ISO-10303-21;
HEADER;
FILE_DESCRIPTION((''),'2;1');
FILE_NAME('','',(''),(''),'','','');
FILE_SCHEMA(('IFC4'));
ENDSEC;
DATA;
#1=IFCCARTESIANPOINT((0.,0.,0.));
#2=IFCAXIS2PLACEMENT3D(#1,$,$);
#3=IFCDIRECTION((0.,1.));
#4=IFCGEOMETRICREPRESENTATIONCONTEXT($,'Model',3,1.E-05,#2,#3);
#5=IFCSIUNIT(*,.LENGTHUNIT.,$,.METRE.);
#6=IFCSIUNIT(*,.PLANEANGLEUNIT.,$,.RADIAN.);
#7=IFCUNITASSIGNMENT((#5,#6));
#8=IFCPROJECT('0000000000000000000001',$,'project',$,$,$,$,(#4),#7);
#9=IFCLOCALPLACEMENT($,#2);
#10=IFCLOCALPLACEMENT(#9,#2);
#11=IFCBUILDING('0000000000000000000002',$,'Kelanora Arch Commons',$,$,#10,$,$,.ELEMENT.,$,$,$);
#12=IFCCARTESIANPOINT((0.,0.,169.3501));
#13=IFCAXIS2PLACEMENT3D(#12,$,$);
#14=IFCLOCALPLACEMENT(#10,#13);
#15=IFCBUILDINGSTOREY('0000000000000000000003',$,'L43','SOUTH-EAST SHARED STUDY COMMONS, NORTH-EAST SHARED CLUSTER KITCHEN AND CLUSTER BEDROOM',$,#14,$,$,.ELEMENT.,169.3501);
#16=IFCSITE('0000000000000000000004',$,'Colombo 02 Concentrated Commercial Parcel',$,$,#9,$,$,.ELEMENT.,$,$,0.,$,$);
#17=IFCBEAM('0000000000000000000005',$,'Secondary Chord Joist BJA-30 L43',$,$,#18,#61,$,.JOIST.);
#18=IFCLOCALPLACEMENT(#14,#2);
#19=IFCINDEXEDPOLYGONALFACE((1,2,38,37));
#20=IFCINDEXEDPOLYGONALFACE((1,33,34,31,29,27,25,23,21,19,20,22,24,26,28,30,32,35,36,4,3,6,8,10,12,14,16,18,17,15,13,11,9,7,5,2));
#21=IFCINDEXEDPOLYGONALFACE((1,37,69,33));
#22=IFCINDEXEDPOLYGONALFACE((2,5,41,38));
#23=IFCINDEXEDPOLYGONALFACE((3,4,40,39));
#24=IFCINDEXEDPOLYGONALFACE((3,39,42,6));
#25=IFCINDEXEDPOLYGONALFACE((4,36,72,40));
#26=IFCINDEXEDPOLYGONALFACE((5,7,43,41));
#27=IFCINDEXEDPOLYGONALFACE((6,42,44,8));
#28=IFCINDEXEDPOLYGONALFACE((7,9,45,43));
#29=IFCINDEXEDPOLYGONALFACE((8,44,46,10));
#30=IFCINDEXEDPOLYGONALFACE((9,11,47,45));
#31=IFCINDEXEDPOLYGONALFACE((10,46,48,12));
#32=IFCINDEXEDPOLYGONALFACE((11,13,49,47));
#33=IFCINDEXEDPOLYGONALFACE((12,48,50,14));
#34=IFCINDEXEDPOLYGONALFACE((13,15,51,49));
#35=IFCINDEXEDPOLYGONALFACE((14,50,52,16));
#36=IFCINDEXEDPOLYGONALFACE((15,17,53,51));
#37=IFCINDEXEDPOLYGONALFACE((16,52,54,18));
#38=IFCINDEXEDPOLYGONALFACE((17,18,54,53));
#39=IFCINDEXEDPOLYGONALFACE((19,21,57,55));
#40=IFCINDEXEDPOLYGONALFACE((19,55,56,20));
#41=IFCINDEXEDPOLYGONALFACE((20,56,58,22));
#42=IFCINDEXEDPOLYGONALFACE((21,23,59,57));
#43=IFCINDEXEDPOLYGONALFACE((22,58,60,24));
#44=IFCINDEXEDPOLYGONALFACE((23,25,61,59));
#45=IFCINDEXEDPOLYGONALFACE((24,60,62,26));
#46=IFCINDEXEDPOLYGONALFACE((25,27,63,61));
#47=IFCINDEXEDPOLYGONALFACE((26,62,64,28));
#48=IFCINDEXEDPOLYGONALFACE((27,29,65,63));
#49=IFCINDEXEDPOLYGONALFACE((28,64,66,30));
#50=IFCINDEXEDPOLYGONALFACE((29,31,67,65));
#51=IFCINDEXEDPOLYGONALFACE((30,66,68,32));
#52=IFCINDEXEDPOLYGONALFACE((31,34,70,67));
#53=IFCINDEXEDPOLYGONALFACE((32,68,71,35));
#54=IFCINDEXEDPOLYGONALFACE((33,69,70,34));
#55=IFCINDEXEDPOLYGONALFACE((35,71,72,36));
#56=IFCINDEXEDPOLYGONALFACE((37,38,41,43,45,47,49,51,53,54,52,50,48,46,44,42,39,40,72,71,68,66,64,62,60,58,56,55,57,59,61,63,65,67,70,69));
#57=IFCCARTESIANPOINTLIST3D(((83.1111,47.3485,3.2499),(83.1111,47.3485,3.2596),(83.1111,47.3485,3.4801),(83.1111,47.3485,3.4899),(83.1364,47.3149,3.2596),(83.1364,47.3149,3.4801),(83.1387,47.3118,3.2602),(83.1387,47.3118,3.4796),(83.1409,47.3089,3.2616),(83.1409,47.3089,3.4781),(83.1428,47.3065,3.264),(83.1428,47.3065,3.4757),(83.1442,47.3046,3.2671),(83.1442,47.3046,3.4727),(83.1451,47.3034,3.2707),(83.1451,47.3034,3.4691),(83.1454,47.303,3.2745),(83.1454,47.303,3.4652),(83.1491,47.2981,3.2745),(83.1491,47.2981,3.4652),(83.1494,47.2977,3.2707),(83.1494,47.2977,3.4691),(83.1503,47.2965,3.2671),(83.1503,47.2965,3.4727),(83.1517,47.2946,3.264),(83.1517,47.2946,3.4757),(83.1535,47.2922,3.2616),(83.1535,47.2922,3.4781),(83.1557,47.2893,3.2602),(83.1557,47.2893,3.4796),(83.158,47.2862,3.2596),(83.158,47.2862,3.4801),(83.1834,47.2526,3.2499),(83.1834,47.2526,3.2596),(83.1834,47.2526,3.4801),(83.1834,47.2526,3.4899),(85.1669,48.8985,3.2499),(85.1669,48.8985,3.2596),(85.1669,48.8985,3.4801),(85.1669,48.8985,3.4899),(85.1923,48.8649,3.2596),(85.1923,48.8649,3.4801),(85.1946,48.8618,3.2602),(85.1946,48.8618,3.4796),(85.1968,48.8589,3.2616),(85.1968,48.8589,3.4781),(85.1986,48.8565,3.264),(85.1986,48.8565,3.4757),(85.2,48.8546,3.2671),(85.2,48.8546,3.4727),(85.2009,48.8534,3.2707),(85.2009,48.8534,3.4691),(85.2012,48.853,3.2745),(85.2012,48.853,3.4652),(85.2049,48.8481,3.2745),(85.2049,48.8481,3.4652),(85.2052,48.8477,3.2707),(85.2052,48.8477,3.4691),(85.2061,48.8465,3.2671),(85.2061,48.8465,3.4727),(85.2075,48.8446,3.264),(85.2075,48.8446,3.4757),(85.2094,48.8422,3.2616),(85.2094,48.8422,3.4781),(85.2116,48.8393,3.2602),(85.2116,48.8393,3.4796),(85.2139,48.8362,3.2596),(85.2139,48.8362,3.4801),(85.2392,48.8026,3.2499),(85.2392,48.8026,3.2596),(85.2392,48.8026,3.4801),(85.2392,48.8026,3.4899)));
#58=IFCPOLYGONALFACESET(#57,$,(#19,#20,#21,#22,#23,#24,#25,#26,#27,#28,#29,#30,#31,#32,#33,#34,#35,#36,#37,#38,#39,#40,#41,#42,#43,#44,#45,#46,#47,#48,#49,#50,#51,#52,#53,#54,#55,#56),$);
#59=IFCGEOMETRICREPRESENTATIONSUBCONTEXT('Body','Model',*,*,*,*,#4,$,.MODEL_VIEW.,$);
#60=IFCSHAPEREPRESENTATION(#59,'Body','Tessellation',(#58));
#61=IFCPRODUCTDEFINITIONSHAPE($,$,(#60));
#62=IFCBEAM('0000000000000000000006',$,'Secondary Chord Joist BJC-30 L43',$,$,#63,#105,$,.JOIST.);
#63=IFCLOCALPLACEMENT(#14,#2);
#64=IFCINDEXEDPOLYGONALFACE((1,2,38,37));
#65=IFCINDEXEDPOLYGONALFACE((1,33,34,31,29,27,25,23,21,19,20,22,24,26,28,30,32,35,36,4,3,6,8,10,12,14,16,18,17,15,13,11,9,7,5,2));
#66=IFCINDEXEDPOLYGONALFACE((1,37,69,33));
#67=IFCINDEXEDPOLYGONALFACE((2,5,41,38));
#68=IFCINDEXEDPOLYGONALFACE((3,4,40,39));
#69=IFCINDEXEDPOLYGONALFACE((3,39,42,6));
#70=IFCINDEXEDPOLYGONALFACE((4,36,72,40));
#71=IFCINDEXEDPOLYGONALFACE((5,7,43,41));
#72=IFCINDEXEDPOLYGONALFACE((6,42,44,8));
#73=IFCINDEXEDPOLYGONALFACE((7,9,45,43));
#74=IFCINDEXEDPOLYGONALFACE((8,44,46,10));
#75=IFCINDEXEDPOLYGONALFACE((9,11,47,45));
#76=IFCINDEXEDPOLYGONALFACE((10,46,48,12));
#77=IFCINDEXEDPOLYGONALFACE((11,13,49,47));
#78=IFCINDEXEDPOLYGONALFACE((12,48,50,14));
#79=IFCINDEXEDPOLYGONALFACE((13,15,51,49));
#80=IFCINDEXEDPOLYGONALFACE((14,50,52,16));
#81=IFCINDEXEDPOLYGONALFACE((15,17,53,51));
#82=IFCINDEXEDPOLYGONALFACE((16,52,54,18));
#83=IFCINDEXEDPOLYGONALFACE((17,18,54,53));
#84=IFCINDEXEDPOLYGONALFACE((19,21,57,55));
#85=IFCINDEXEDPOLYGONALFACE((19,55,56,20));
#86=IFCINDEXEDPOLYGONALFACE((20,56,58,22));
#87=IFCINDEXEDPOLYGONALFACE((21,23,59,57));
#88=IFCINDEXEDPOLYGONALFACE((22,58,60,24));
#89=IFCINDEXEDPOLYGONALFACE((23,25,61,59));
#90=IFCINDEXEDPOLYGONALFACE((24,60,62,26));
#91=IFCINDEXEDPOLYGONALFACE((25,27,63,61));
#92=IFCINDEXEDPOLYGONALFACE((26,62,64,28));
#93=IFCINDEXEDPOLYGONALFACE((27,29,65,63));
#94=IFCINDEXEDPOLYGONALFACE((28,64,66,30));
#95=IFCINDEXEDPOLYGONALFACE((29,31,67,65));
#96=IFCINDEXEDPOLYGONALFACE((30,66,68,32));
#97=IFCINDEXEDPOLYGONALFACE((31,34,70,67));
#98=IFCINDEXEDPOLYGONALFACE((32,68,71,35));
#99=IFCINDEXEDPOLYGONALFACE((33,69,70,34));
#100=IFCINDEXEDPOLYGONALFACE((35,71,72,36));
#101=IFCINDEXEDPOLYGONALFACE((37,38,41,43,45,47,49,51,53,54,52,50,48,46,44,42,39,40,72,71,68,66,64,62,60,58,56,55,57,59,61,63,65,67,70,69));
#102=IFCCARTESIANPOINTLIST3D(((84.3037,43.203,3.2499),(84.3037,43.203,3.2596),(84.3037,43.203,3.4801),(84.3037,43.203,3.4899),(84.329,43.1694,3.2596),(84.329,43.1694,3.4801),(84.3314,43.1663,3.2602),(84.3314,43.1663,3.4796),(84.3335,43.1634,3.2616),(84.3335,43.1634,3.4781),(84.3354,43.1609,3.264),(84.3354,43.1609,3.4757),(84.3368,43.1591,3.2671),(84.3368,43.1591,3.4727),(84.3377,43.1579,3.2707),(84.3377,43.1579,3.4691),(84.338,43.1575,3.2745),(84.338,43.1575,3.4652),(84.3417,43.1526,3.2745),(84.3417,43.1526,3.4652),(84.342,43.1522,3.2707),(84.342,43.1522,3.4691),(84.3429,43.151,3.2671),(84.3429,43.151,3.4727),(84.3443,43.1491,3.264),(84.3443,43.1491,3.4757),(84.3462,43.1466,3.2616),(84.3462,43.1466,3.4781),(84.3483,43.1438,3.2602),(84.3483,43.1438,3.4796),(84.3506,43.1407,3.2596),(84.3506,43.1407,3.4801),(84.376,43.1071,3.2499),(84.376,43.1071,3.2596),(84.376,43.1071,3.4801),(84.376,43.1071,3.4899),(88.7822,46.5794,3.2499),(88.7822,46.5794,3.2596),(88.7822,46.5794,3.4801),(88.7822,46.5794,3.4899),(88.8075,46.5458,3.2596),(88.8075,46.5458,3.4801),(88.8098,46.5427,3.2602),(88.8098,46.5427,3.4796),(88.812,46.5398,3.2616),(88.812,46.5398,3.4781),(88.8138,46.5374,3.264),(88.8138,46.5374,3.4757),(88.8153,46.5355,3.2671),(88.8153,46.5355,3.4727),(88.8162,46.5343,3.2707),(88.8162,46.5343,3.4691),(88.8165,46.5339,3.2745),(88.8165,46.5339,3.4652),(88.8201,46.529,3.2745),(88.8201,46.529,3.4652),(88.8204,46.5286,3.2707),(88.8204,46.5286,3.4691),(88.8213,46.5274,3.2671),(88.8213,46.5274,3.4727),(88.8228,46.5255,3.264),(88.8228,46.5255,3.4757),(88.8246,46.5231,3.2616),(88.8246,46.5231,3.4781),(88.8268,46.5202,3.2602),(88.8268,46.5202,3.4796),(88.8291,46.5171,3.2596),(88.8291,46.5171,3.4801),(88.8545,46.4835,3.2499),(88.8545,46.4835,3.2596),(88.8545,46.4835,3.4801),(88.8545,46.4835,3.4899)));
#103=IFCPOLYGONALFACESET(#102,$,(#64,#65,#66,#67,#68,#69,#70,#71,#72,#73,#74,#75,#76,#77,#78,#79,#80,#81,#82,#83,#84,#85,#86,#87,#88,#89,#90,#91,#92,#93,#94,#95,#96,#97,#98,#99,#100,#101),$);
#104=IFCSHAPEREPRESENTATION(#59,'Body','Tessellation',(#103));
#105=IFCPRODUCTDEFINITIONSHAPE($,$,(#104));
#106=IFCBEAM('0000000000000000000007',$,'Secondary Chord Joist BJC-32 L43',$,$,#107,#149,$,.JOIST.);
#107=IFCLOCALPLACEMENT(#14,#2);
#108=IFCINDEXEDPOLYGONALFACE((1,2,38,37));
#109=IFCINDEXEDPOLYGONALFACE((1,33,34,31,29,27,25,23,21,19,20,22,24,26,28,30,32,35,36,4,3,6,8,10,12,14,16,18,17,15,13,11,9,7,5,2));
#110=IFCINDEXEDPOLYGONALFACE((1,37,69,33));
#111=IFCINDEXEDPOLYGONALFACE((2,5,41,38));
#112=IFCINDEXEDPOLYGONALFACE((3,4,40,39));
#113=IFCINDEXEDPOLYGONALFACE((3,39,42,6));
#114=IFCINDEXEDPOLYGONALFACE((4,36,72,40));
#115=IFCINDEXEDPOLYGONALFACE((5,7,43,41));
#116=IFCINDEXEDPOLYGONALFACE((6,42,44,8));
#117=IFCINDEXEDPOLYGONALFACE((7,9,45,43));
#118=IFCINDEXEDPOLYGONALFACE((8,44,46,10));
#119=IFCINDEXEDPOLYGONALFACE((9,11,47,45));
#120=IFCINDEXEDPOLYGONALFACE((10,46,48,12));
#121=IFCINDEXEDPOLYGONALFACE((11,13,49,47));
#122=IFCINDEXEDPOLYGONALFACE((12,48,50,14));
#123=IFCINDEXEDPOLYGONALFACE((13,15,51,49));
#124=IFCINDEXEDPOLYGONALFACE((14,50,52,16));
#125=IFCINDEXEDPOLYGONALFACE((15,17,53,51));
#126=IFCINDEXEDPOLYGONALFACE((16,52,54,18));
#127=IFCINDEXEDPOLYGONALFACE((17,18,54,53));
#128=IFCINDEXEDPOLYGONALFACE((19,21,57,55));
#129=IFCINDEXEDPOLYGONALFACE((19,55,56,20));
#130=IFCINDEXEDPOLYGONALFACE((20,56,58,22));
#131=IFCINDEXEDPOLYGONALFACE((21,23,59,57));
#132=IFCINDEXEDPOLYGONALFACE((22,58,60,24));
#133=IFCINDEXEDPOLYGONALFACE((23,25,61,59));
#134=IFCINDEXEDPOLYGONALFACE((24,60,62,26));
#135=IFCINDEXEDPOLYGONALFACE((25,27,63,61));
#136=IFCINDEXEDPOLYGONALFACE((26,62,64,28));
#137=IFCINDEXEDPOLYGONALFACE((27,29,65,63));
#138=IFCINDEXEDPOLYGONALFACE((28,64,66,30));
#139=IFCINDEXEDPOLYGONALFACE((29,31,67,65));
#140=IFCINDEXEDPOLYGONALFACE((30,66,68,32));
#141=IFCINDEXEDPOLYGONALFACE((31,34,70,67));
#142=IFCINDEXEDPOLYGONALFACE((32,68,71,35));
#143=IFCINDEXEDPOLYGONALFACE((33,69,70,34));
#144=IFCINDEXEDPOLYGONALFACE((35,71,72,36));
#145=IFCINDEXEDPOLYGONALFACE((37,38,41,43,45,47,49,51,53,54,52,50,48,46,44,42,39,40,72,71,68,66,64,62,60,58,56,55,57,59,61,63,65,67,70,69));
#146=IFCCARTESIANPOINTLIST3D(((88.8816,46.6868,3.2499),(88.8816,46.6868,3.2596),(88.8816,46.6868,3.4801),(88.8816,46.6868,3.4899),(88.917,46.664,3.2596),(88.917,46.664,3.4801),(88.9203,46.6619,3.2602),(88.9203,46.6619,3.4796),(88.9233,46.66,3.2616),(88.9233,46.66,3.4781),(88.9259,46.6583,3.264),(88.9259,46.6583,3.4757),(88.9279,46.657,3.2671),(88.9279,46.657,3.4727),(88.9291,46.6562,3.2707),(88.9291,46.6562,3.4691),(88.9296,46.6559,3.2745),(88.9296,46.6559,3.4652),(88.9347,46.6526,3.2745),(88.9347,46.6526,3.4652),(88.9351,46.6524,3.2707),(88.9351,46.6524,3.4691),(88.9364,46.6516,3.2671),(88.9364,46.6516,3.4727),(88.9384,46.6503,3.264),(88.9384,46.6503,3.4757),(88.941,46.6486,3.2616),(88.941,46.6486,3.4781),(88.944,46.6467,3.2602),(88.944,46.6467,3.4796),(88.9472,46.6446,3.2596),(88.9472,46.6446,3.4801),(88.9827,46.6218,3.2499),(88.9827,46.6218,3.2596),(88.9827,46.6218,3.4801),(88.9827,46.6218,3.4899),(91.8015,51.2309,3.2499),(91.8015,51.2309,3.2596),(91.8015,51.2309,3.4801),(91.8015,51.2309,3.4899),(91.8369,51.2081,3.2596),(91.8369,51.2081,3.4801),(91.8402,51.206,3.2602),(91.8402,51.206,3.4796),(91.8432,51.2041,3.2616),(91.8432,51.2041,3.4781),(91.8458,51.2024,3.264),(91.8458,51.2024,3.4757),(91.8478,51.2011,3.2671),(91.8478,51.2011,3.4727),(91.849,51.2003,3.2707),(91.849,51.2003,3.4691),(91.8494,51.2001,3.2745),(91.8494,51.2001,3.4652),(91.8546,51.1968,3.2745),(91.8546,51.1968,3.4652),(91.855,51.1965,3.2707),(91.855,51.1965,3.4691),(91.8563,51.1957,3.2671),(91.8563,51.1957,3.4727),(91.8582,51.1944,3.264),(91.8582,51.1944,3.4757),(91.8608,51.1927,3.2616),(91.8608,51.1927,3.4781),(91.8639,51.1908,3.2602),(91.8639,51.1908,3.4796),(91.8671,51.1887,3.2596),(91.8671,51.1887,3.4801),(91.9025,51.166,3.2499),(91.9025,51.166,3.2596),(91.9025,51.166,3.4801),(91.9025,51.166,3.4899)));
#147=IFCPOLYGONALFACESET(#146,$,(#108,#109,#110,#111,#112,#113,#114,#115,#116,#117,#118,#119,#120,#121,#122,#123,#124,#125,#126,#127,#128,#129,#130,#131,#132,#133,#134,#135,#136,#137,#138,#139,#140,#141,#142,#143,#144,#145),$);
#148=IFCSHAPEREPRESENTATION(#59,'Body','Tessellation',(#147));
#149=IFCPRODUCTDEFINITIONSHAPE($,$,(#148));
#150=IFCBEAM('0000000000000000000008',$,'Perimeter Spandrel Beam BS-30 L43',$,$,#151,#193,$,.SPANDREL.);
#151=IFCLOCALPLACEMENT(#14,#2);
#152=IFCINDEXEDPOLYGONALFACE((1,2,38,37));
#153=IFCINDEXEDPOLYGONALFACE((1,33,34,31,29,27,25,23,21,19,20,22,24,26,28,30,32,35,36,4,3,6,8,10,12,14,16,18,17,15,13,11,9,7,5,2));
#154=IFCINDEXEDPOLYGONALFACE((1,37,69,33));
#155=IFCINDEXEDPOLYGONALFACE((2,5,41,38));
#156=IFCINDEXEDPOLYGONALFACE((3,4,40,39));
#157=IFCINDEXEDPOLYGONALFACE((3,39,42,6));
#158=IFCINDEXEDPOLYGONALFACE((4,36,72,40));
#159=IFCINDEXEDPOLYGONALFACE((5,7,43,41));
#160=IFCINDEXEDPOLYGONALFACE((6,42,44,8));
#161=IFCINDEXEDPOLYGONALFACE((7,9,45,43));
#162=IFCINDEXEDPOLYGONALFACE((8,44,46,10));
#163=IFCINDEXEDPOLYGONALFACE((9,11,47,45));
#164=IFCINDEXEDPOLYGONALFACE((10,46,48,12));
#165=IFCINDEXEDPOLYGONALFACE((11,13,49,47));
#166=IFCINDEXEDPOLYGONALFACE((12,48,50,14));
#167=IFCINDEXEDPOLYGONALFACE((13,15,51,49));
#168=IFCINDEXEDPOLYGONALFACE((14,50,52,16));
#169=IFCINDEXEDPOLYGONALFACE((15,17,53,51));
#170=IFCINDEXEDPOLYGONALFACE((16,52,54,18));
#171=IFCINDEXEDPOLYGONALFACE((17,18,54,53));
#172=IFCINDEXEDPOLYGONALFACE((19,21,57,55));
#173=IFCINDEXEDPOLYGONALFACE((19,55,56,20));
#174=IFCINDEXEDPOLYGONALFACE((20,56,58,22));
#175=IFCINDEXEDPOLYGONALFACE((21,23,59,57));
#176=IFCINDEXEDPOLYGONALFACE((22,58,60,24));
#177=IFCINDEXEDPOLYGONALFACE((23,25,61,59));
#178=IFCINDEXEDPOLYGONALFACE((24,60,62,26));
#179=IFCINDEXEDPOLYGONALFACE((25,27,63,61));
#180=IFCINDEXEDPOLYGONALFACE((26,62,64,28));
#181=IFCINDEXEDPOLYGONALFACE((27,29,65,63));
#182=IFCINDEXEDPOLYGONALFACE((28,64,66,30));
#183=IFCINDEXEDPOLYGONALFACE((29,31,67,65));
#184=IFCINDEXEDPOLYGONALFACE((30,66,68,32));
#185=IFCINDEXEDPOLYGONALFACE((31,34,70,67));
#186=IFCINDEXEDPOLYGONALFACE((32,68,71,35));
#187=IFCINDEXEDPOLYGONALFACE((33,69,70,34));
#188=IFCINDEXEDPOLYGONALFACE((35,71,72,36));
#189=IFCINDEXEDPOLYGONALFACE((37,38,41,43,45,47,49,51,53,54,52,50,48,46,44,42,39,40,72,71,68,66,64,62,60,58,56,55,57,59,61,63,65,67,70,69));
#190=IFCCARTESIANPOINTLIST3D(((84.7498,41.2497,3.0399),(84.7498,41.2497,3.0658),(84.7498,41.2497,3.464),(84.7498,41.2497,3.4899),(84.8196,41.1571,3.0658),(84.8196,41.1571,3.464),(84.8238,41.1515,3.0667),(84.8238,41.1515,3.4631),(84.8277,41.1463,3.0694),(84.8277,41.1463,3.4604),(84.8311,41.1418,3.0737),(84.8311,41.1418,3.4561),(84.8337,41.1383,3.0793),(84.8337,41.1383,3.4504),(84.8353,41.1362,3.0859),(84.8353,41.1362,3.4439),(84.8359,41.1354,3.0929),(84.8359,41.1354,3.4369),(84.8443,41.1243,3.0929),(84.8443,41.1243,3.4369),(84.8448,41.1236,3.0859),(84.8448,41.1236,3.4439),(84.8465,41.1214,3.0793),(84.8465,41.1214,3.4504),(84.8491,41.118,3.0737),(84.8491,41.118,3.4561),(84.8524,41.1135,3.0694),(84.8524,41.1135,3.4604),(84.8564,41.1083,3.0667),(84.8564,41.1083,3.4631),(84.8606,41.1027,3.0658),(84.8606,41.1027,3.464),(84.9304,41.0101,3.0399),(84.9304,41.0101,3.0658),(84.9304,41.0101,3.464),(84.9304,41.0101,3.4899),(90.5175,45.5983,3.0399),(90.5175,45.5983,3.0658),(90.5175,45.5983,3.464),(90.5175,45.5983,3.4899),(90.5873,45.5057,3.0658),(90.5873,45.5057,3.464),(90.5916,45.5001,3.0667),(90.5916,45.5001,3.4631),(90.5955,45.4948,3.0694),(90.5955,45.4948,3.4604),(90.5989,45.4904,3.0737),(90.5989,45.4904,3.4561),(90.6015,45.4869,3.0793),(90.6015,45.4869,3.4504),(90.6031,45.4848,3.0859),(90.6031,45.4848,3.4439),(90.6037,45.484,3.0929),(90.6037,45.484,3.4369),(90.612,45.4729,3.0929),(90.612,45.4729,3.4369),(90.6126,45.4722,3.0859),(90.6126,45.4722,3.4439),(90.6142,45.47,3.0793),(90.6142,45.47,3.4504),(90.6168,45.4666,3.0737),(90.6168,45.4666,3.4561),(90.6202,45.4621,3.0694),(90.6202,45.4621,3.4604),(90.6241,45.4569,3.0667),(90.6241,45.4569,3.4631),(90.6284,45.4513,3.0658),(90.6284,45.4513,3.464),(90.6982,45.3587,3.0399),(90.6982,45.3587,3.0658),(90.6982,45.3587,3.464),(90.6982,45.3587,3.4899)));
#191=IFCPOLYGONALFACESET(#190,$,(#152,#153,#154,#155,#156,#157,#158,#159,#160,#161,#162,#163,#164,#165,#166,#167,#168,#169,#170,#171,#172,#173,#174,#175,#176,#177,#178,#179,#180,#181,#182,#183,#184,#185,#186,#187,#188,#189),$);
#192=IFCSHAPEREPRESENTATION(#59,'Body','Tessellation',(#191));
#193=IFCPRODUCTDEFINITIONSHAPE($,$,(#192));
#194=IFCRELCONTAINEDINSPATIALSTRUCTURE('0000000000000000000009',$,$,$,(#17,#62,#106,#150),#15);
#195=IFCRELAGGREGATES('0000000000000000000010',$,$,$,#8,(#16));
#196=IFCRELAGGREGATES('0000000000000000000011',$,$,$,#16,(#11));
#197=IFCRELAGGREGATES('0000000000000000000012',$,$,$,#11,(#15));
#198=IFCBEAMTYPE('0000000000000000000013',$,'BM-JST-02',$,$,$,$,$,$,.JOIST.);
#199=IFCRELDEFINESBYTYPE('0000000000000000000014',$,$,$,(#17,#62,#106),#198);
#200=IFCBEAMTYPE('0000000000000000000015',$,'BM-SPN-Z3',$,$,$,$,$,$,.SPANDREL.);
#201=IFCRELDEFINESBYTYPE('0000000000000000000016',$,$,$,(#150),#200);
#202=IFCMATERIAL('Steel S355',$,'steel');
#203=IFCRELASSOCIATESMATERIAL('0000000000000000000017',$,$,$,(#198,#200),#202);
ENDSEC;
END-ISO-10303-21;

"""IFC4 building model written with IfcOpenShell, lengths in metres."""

from ifc_helpers import new_model, si_unit, direction, frame, origin, origin_2d, place, context, subcontext, project, spatial, i_section, extrude, material, material_profile, profile_set, type_object, element, save


model = new_model("IFC4")

# Units and contexts
model_context = context("Model", 3, precision=1e-05, world=origin(), true_north=direction((0.0, 1.0)))
body_context = subcontext(model_context, "Body", "Model", "MODEL_VIEW")
ifc_project = project(units=[si_unit("LENGTHUNIT", "METRE"), si_unit("PLANEANGLEUNIT", "RADIAN")], contexts=[model_context])

# Site, building, storey
site_placement = place(None, origin())
site = spatial("IfcSite", under=ifc_project, at=site_placement, Name="Colombo 02 Concentrated Commercial Parcel", CompositionType="ELEMENT", RefElevation=0.0)
building_placement = place(site_placement, origin())
building = spatial("IfcBuilding", under=site, at=building_placement, Name="Kelanora Arch Commons", CompositionType="ELEMENT")
storey_placement = place(building_placement, frame((0.0, 0.0, 169.3501)))
storey = spatial("IfcBuildingStorey", under=building, at=storey_placement, Name="L43", Description="SOUTH-EAST SHARED STUDY COMMONS, NORTH-EAST SHARED CLUSTER KITCHEN AND CLUSTER BEDROOM", CompositionType="ELEMENT", Elevation=169.3501)

# Beams
ifc_material_1 = material(Name="Steel S355", Category="steel")
ifc_material_profile_1 = material_profile(ifc_material_1, i_section(OverallWidth=0.1201, OverallDepth=0.24, WebThickness=0.0061, FlangeThickness=0.0098, FilletRadius=0.0149, at=origin_2d()), Name="IPE240")
ifc_profile_set_1 = profile_set([ifc_material_profile_1], Name="Steel S355")
beam_type_1 = type_object("IfcBeamType", Name="BM-JST-02", PredefinedType="JOIST", material=ifc_profile_set_1)
beam_1_placement = place(storey_placement, frame((83.1472, 47.3005, 3.3699), z_axis=(0.798484, 0.602016, 0.0), x_axis=(-0.602016, 0.798484, 0.0)))
element("IfcBeam", 1, at=beam_1_placement, inside=storey, type_object=beam_type_1, Name="Secondary Chord Joist BJA-30 L43", PredefinedType="JOIST", context=body_context, shape_type="SweptSolid", body=[
    extrude(i_section(OverallWidth=0.1201, OverallDepth=0.24, WebThickness=0.0061, FlangeThickness=0.0098, FilletRadius=0.0149, at=origin_2d()), origin(), (0.0, 0.0, 1.0), 2.5747),
])
beam_2_placement = place(storey_placement, frame((84.3398, 43.155, 3.3699), z_axis=(0.798493, 0.602004, 0.0), x_axis=(-0.602004, 0.798493, 0.0)))
element("IfcBeam", 2, at=beam_2_placement, inside=storey, type_object=beam_type_1, Name="Secondary Chord Joist BJC-30 L43", PredefinedType="JOIST", context=body_context, shape_type="SweptSolid", body=[
    extrude(i_section(OverallWidth=0.1201, OverallDepth=0.24, WebThickness=0.0061, FlangeThickness=0.0098, FilletRadius=0.0149, at=origin_2d()), origin(), (0.0, 0.0, 1.0), 5.6086),
])
beam_3_placement = place(storey_placement, frame((88.9321, 46.6543, 3.3699), z_axis=(0.540582, 0.841292, 0.0), x_axis=(-0.841292, 0.540582, 0.0)))
element("IfcBeam", 3, at=beam_3_placement, inside=storey, type_object=beam_type_1, Name="Secondary Chord Joist BJC-32 L43", PredefinedType="JOIST", context=body_context, shape_type="SweptSolid", body=[
    extrude(i_section(OverallWidth=0.1201, OverallDepth=0.24, WebThickness=0.0061, FlangeThickness=0.0098, FilletRadius=0.0149, at=origin_2d()), origin(), (0.0, 0.0, 1.0), 5.4014),
])
ifc_material_profile_2 = material_profile(ifc_material_1, i_section(OverallWidth=0.3, OverallDepth=0.45, WebThickness=0.0139, FlangeThickness=0.0259, FilletRadius=0.0271, at=origin_2d()), Name="HEB450")
ifc_profile_set_2 = profile_set([ifc_material_profile_2], Name="Steel S355")
beam_type_2 = type_object("IfcBeamType", Name="BM-SPN-Z3", PredefinedType="SPANDREL", material=ifc_profile_set_2)
beam_4_placement = place(storey_placement, frame((84.8401, 41.1299, 3.2649), z_axis=(0.798485, 0.602015, 0.0), x_axis=(-0.602015, 0.798485, 0.0)))
element("IfcBeam", 4, at=beam_4_placement, inside=storey, type_object=beam_type_2, Name="Perimeter Spandrel Beam BS-30 L43", PredefinedType="SPANDREL", context=body_context, shape_type="SweptSolid", body=[
    extrude(i_section(OverallWidth=0.3, OverallDepth=0.45, WebThickness=0.0139, FlangeThickness=0.0259, FilletRadius=0.0271, at=origin_2d()), origin(), (0.0, 0.0, 1.0), 7.2234),
])

save(model, "model.ifc")
